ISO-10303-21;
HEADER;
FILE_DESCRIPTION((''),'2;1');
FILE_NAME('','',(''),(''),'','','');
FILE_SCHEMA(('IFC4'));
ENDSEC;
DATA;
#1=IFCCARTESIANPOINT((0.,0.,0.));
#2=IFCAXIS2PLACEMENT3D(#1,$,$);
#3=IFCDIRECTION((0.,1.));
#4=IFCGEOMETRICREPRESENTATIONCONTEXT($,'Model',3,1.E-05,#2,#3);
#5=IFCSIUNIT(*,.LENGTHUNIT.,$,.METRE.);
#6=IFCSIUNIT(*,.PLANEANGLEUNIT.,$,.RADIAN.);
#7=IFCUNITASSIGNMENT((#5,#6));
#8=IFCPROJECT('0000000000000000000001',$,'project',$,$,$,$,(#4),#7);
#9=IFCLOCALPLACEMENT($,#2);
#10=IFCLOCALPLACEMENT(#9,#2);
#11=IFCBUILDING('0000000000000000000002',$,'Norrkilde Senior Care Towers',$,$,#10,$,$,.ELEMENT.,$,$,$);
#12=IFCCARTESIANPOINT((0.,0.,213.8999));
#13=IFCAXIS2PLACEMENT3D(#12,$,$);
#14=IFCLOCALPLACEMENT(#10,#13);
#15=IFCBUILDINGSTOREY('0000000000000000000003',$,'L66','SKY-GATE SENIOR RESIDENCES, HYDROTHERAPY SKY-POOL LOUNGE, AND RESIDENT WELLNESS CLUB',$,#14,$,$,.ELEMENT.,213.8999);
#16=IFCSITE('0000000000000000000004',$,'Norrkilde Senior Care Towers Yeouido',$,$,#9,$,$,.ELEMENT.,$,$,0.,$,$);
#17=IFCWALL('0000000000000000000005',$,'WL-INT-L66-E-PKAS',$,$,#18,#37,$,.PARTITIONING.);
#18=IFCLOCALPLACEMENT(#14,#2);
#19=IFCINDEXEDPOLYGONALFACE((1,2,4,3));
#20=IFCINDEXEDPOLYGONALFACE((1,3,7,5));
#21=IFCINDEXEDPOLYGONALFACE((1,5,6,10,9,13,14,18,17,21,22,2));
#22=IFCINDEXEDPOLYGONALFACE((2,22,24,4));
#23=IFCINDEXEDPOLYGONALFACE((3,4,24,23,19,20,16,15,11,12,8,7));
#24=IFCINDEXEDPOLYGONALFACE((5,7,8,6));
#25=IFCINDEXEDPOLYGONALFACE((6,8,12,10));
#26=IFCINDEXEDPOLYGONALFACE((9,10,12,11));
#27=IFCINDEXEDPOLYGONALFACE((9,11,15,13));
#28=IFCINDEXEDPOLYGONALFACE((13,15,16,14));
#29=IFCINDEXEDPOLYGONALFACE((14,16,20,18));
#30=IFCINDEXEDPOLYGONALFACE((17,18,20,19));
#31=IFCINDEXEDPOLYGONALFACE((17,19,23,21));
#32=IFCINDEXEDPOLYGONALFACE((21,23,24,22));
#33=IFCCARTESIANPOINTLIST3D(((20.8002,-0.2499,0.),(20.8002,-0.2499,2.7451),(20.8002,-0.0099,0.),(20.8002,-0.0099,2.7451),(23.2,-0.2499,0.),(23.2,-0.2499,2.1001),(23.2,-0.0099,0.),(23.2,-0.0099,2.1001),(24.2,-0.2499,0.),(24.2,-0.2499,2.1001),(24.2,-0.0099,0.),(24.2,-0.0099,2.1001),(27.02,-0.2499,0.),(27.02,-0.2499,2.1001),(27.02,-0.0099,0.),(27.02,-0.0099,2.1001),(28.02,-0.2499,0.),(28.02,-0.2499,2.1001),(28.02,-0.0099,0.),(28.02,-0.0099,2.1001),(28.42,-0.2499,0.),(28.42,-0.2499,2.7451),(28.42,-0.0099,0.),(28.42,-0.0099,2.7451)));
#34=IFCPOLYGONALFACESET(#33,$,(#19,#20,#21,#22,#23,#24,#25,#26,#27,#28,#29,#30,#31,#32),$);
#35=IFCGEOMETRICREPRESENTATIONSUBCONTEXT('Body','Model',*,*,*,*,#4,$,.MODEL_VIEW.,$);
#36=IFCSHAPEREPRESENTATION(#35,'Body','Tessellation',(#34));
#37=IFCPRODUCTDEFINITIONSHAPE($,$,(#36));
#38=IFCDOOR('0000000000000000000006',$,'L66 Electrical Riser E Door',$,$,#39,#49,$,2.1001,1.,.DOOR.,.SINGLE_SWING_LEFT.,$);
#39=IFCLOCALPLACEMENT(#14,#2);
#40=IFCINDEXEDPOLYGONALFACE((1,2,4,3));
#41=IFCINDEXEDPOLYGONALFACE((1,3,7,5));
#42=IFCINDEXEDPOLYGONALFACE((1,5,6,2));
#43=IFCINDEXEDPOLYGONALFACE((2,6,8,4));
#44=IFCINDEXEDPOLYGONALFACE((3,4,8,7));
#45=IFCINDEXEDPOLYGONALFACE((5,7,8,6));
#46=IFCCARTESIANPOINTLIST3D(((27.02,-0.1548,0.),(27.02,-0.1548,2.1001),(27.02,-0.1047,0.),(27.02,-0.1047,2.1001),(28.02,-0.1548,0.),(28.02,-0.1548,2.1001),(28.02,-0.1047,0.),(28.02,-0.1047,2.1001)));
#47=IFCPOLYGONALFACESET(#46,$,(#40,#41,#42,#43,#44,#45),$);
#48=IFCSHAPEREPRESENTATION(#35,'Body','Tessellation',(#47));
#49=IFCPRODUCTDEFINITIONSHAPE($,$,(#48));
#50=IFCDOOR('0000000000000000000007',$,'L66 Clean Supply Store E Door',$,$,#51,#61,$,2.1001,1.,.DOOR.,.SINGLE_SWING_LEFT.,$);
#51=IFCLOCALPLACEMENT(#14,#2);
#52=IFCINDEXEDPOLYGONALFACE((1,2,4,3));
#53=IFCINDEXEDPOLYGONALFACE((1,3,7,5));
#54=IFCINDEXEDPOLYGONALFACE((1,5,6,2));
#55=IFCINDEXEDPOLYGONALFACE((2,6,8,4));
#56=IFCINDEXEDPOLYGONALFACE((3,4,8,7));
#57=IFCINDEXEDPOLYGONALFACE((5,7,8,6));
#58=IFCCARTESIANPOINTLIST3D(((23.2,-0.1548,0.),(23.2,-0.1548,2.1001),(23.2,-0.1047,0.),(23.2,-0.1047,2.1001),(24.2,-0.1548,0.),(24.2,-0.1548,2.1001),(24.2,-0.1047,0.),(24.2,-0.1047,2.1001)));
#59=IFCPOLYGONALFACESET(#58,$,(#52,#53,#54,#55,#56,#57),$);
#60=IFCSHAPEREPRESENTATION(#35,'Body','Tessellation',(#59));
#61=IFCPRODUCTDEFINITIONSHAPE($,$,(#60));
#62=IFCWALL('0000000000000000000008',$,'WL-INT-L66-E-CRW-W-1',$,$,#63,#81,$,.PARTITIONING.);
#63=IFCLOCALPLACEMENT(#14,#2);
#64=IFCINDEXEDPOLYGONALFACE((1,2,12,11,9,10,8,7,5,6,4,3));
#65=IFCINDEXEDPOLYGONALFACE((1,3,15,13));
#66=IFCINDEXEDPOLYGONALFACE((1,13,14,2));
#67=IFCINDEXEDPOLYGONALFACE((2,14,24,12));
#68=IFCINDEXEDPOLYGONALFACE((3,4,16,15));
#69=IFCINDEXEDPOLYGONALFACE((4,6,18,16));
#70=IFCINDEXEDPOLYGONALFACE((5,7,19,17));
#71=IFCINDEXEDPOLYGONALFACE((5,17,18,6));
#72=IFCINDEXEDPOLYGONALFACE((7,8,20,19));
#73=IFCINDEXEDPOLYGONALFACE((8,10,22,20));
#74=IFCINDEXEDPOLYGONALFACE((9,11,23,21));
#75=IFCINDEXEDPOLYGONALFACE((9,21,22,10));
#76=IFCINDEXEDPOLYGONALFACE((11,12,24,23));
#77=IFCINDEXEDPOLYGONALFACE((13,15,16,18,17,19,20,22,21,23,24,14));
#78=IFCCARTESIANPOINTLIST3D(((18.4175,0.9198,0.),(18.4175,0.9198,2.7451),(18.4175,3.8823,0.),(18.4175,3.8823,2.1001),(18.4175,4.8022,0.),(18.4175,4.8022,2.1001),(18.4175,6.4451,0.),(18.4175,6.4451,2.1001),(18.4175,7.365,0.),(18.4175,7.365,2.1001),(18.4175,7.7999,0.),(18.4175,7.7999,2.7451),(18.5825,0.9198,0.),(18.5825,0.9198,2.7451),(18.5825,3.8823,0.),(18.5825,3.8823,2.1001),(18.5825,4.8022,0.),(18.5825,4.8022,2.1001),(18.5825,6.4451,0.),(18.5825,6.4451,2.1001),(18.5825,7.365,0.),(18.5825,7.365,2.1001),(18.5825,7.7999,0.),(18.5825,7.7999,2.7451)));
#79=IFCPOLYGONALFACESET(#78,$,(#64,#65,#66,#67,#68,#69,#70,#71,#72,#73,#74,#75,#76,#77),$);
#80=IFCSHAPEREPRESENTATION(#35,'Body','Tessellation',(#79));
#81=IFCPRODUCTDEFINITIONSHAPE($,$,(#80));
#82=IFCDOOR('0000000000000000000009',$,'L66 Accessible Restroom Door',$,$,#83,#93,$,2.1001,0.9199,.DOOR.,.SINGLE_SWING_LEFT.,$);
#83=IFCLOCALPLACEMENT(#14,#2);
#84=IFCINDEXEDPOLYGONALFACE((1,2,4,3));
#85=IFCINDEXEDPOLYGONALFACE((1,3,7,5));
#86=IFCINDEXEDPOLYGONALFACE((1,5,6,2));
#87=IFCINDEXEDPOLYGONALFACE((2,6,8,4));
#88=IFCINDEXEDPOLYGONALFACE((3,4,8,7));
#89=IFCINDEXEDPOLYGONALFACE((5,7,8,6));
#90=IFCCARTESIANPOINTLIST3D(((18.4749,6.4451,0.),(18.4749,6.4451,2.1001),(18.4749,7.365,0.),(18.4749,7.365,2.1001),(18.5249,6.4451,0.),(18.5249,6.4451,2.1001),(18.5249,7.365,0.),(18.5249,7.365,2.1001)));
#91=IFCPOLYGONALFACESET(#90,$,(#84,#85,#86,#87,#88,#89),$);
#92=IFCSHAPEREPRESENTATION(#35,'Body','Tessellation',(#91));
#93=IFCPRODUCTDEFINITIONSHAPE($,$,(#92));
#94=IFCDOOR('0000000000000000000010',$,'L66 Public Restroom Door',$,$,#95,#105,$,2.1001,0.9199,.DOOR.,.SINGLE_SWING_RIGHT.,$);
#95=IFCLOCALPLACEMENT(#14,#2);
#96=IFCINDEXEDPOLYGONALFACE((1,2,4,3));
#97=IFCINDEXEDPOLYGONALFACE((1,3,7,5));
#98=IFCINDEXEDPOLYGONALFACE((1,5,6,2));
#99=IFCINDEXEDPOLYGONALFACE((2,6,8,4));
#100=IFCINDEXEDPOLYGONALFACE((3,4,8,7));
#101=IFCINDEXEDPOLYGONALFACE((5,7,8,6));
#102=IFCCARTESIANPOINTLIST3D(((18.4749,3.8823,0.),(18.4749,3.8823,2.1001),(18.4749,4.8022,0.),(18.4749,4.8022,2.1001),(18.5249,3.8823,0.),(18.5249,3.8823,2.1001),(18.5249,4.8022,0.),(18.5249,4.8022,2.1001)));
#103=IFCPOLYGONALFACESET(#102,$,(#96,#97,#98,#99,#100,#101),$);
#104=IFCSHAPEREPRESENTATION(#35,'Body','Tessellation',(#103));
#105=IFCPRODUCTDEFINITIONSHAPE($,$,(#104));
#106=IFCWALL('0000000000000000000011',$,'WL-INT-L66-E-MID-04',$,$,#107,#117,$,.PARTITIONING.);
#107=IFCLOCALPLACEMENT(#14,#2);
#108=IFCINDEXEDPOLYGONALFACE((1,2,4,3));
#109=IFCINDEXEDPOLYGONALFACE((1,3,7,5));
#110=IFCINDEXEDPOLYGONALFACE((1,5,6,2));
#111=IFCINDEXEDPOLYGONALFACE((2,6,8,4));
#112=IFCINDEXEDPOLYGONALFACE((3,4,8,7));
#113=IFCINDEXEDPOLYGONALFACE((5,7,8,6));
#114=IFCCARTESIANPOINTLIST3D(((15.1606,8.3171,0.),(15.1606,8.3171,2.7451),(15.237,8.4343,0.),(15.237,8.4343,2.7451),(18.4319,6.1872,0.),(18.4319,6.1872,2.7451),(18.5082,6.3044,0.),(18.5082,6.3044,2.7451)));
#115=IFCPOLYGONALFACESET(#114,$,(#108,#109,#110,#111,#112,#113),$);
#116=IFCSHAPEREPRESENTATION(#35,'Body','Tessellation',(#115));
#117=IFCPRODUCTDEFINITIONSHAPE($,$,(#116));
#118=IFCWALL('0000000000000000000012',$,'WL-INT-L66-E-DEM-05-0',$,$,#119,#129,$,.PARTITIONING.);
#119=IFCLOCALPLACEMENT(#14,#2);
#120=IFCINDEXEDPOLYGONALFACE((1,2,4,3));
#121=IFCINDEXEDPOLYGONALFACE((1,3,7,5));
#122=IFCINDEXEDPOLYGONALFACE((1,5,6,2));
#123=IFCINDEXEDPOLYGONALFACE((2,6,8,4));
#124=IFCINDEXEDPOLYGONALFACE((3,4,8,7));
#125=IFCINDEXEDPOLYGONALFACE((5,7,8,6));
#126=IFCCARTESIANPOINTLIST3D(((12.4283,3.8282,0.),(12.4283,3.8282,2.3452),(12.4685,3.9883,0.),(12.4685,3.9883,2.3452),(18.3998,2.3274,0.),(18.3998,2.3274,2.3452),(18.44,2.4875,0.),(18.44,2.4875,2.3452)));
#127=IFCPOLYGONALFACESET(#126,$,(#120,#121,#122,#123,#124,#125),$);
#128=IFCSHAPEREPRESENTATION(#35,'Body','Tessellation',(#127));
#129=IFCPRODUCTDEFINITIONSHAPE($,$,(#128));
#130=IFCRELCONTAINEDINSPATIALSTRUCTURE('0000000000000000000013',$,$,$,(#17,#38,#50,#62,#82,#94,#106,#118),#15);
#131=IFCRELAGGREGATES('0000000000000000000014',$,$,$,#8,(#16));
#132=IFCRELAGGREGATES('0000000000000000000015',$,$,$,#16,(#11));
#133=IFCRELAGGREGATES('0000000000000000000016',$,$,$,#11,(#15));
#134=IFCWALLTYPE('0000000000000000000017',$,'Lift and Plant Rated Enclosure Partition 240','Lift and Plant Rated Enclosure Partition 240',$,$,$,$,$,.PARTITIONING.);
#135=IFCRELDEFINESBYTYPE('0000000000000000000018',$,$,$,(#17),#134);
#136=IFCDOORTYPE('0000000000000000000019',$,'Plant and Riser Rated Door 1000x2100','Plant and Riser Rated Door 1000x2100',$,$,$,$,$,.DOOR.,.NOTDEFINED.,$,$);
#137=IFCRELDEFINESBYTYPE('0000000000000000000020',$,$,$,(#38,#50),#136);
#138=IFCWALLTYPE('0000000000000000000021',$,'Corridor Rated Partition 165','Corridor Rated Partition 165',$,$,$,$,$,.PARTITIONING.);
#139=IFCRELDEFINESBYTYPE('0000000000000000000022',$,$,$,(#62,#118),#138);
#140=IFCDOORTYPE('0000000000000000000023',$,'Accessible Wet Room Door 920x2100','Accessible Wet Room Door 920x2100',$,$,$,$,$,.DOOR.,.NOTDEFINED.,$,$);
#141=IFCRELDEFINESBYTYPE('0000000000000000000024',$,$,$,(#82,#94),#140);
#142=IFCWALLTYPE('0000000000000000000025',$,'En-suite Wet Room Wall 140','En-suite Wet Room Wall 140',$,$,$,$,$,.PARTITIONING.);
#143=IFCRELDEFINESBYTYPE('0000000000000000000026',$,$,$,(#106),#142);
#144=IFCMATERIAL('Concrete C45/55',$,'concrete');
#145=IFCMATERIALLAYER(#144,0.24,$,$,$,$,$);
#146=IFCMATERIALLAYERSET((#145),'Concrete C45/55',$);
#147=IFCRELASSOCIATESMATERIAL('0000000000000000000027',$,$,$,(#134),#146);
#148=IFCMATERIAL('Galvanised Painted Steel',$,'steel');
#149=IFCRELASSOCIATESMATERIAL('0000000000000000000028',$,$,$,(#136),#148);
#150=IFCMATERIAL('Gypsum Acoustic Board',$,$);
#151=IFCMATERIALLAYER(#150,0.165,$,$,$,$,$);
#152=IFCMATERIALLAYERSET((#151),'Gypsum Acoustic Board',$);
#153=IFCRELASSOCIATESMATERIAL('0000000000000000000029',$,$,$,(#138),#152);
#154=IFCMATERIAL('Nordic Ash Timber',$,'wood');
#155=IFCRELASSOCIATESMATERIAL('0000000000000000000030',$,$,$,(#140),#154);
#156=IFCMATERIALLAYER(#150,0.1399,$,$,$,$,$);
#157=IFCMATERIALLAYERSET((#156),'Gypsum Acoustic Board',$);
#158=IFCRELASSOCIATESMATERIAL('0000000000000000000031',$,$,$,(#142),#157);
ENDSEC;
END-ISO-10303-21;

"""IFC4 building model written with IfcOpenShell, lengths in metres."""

from ifc_helpers import new_model, si_unit, direction, frame, frame_2d, origin, place, context, subcontext, project, spatial, rectangle, extrude, source, transform, mapped, material, layer, layer_set, type_object, type_shapes, element, fill, save


model = new_model("IFC4")

# Units and contexts
model_context = context("Model", 3, precision=1e-05, world=origin(), true_north=direction((0.0, 1.0)))
body_context = subcontext(model_context, "Body", "Model", "MODEL_VIEW")
ifc_project = project(units=[si_unit("LENGTHUNIT", "METRE"), si_unit("PLANEANGLEUNIT", "RADIAN")], contexts=[model_context])

# Site, building, storey
site_placement = place(None, origin())
site = spatial("IfcSite", under=ifc_project, at=site_placement, Name="Norrkilde Senior Care Towers Yeouido", CompositionType="ELEMENT", RefElevation=0.0)
building_placement = place(site_placement, origin())
building = spatial("IfcBuilding", under=site, at=building_placement, Name="Norrkilde Senior Care Towers", CompositionType="ELEMENT")
storey_placement = place(building_placement, frame((0.0, 0.0, 213.8999)))
storey = spatial("IfcBuildingStorey", under=building, at=storey_placement, Name="L66", Description="SKY-GATE SENIOR RESIDENCES, HYDROTHERAPY SKY-POOL LOUNGE, AND RESIDENT WELLNESS CLUB", CompositionType="ELEMENT", Elevation=213.8999)

# Shared definitions
ifc_material_1 = material(Name="Concrete C45/55", Category="concrete")

# Walls, openings, doors
ifc_layer_1 = layer(ifc_material_1, 0.24)
ifc_layer_set_1 = layer_set([ifc_layer_1], Name="Concrete C45/55")
wall_type_1 = type_object("IfcWallType", Name="Lift and Plant Rated Enclosure Partition 240", Description="Lift and Plant Rated Enclosure Partition 240", PredefinedType="PARTITIONING", material=ifc_layer_set_1)
shared_shape_1 = source(origin(), body_context, "Body", "SweptSolid", [
    extrude(rectangle(XDim=7.6199, YDim=0.24, at=frame_2d((3.8101, 0.0))), origin(), (0.0, 0.0, 1.0), 2.7451),
])
type_shapes(wall_type_1, [shared_shape_1])
wall_1_placement = place(storey_placement, frame((20.8, -0.1299, 0.0), z_axis=(0.0, 0.0, 1.0), x_axis=(1.0, 0.0, 0.0)))
wall_1 = element("IfcWall", 1, at=wall_1_placement, inside=storey, type_object=wall_type_1, Name="WL-INT-L66-E-PKAS", PredefinedType="PARTITIONING", context=body_context, shape_type="MappedRepresentation", body=[
    mapped(shared_shape_1, transform((0.0, 0.0, 0.0), x_axis=(1.0, 0.0, 0.0), y_axis=(0.0, 1.0, 0.0), z_axis=(0.0, 0.0, 1.0), scale=1.0)),
])
opening_1_placement = place(wall_1_placement, frame((6.22, 0.0, 0.0)))
opening_1 = element("IfcOpeningElement", 2, at=opening_1_placement, cuts=wall_1, PredefinedType="OPENING", context=body_context, shape_type="SweptSolid", body=[
    extrude(rectangle(XDim=1.0, YDim=2.1001, at=frame_2d((0.5, 1.05))), frame((0.0, 0.1299, 0.0), z_axis=(0.0, -1.0, 0.0), x_axis=(1.0, 0.0, 0.0)), (0.0, 0.0, 1.0), 0.26),
])
opening_2_placement = place(wall_1_placement, frame((2.3999, 0.0, 0.0)))
opening_2 = element("IfcOpeningElement", 3, at=opening_2_placement, cuts=wall_1, PredefinedType="OPENING", context=body_context, shape_type="SweptSolid", body=[
    extrude(rectangle(XDim=1.0, YDim=2.1001, at=frame_2d((0.5, 1.05))), frame((0.0, 0.1299, 0.0), z_axis=(0.0, -1.0, 0.0), x_axis=(1.0, 0.0, 0.0)), (0.0, 0.0, 1.0), 0.26),
])
ifc_material_2 = material(Name="Galvanised Painted Steel", Category="steel")
door_type_1 = type_object("IfcDoorType", Name="Plant and Riser Rated Door 1000x2100", Description="Plant and Riser Rated Door 1000x2100", OperationType="NOTDEFINED", PredefinedType="DOOR", material=ifc_material_2)
shared_shape_2 = source(origin(), body_context, "Body", "SweptSolid", [
    extrude(rectangle(XDim=1.0, YDim=2.1001, at=frame_2d((0.5, 1.05))), frame((0.0, 0.0249, 0.0), z_axis=(0.0, -1.0, 0.0), x_axis=(1.0, 0.0, 0.0)), (0.0, 0.0, 1.0), 0.05),
])
type_shapes(door_type_1, [shared_shape_2])
door_1_placement = place(opening_1_placement, frame((1.0, 0.0, 0.0), z_axis=(0.0, 0.0, 1.0), x_axis=(-1.0, 0.0, 0.0)))
door_1 = element("IfcDoor", 4, at=door_1_placement, inside=storey, type_object=door_type_1, Name="L66 Electrical Riser E Door", OperationType="SINGLE_SWING_LEFT", OverallHeight=2.1001, OverallWidth=1.0, PredefinedType="DOOR", context=body_context, shape_type="MappedRepresentation", body=[
    mapped(shared_shape_2, transform((0.0, 0.0, 0.0), x_axis=(1.0, 0.0, 0.0), y_axis=(0.0, 1.0, 0.0), z_axis=(0.0, 0.0, 1.0), scale=1.0)),
])
fill(opening_1, door_1)
door_2_placement = place(opening_2_placement, frame((1.0, 0.0, 0.0), z_axis=(0.0, 0.0, 1.0), x_axis=(-1.0, 0.0, 0.0)))
door_2 = element("IfcDoor", 5, at=door_2_placement, inside=storey, type_object=door_type_1, Name="L66 Clean Supply Store E Door", OperationType="SINGLE_SWING_LEFT", OverallHeight=2.1001, OverallWidth=1.0, PredefinedType="DOOR", context=body_context, shape_type="MappedRepresentation", body=[
    mapped(shared_shape_2, transform((0.0, 0.0, 0.0), x_axis=(1.0, 0.0, 0.0), y_axis=(0.0, 1.0, 0.0), z_axis=(0.0, 0.0, 1.0), scale=1.0)),
])
fill(opening_2, door_2)
ifc_material_3 = material(Name="Gypsum Acoustic Board")
ifc_layer_2 = layer(ifc_material_3, 0.165)
ifc_layer_set_2 = layer_set([ifc_layer_2], Name="Gypsum Acoustic Board")
wall_type_2 = type_object("IfcWallType", Name="Corridor Rated Partition 165", Description="Corridor Rated Partition 165", PredefinedType="PARTITIONING", material=ifc_layer_set_2)
shared_shape_3 = source(origin(), body_context, "Body", "SweptSolid", [
    extrude(rectangle(XDim=6.8801, YDim=0.165, at=frame_2d((3.4399, 0.0))), origin(), (0.0, 0.0, 1.0), 2.7451),
])
wall_2_placement = place(storey_placement, frame((18.5, 0.9199, 0.0), z_axis=(0.0, 0.0, 1.0), x_axis=(0.0, 1.0, 0.0)))
wall_2 = element("IfcWall", 6, at=wall_2_placement, inside=storey, type_object=wall_type_2, Name="WL-INT-L66-E-CRW-W-1", PredefinedType="PARTITIONING", context=body_context, shape_type="MappedRepresentation", body=[
    mapped(shared_shape_3, transform((0.0, 0.0, 0.0), x_axis=(1.0, 0.0, 0.0), y_axis=(0.0, 1.0, 0.0), z_axis=(0.0, 0.0, 1.0), scale=1.0)),
])
opening_3_placement = place(wall_2_placement, frame((5.5251, 0.0, 0.0)))
opening_3 = element("IfcOpeningElement", 7, at=opening_3_placement, cuts=wall_2, PredefinedType="OPENING", context=body_context, shape_type="SweptSolid", body=[
    extrude(rectangle(XDim=0.9199, YDim=2.1001, at=frame_2d((0.46, 1.05))), frame((0.0, 0.0925, 0.0), z_axis=(0.0, -1.0, 0.0), x_axis=(1.0, 0.0, 0.0)), (0.0, 0.0, 1.0), 0.1851),
])
opening_4_placement = place(wall_2_placement, frame((2.9624, 0.0, 0.0)))
opening_4 = element("IfcOpeningElement", 8, at=opening_4_placement, cuts=wall_2, PredefinedType="OPENING", context=body_context, shape_type="SweptSolid", body=[
    extrude(rectangle(XDim=0.9199, YDim=2.1001, at=frame_2d((0.46, 1.05))), frame((0.0, 0.0925, 0.0), z_axis=(0.0, -1.0, 0.0), x_axis=(1.0, 0.0, 0.0)), (0.0, 0.0, 1.0), 0.1851),
])
ifc_material_4 = material(Name="Nordic Ash Timber", Category="wood")
door_type_2 = type_object("IfcDoorType", Name="Accessible Wet Room Door 920x2100", Description="Accessible Wet Room Door 920x2100", OperationType="NOTDEFINED", PredefinedType="DOOR", material=ifc_material_4)
shared_shape_4 = source(origin(), body_context, "Body", "SweptSolid", [
    extrude(rectangle(XDim=0.9199, YDim=2.1001, at=frame_2d((0.46, 1.05))), frame((0.0, 0.0249, 0.0), z_axis=(0.0, -1.0, 0.0), x_axis=(1.0, 0.0, 0.0)), (0.0, 0.0, 1.0), 0.05),
])
type_shapes(door_type_2, [shared_shape_4])
door_3_placement = place(opening_3_placement, frame((0.9199, 0.0, 0.0), z_axis=(0.0, 0.0, 1.0), x_axis=(-1.0, 0.0, 0.0)))
door_3 = element("IfcDoor", 9, at=door_3_placement, inside=storey, type_object=door_type_2, Name="L66 Accessible Restroom Door", OperationType="SINGLE_SWING_LEFT", OverallHeight=2.1001, OverallWidth=0.9199, PredefinedType="DOOR", context=body_context, shape_type="MappedRepresentation", body=[
    mapped(shared_shape_4, transform((0.0, 0.0, 0.0), x_axis=(1.0, 0.0, 0.0), y_axis=(0.0, 1.0, 0.0), z_axis=(0.0, 0.0, 1.0), scale=1.0)),
])
fill(opening_3, door_3)
door_4_placement = place(opening_4_placement, frame((0.9199, 0.0, 0.0), z_axis=(0.0, 0.0, 1.0), x_axis=(-1.0, 0.0, 0.0)))
door_4 = element("IfcDoor", 10, at=door_4_placement, inside=storey, type_object=door_type_2, Name="L66 Public Restroom Door", OperationType="SINGLE_SWING_RIGHT", OverallHeight=2.1001, OverallWidth=0.9199, PredefinedType="DOOR", context=body_context, shape_type="MappedRepresentation", body=[
    mapped(shared_shape_4, transform((0.0, 0.0, 0.0), x_axis=(1.0, 0.0, 0.0), y_axis=(0.0, 1.0, 0.0), z_axis=(0.0, 0.0, 1.0), scale=1.0)),
])
fill(opening_4, door_4)

# Walls
ifc_layer_3 = layer(ifc_material_3, 0.1399)
ifc_layer_set_3 = layer_set([ifc_layer_3], Name="Gypsum Acoustic Board")
wall_type_3 = type_object("IfcWallType", Name="En-suite Wet Room Wall 140", Description="En-suite Wet Room Wall 140", PredefinedType="PARTITIONING", material=ifc_layer_set_3)
shared_shape_5 = source(origin(), body_context, "Body", "SweptSolid", [
    extrude(rectangle(XDim=3.9036, YDim=0.1399, at=frame_2d((1.9517, 0.0))), origin(), (0.0, 0.0, 1.0), 2.7451),
])
type_shapes(wall_type_3, [shared_shape_5])
wall_3_placement = place(storey_placement, frame((18.47, 6.2458, 0.0), z_axis=(0.0, 0.0, 1.0), x_axis=(-0.838025, 0.545632, 0.0)))
element("IfcWall", 11, at=wall_3_placement, inside=storey, type_object=wall_type_3, Name="WL-INT-L66-E-MID-04", PredefinedType="PARTITIONING", context=body_context, shape_type="MappedRepresentation", body=[
    mapped(shared_shape_5, transform((0.0, 0.0, 0.0), x_axis=(1.0, 0.0, 0.0), y_axis=(0.0, 1.0, 0.0), z_axis=(0.0, 0.0, 1.0), scale=1.0)),
])
shared_shape_6 = source(origin(), body_context, "Body", "SweptSolid", [
    extrude(rectangle(XDim=6.1572, YDim=0.165, at=frame_2d((3.0786, 0.0))), origin(), (0.0, 0.0, 1.0), 2.3452),
])
type_shapes(wall_type_2, [shared_shape_3, shared_shape_6])
wall_4_placement = place(storey_placement, frame((18.4199, 2.4075, 0.0), z_axis=(0.0, 0.0, 1.0), x_axis=(-0.969841, 0.243739, 0.0)))
element("IfcWall", 12, at=wall_4_placement, inside=storey, type_object=wall_type_2, Name="WL-INT-L66-E-DEM-05-0", PredefinedType="PARTITIONING", context=body_context, shape_type="MappedRepresentation", body=[
    mapped(shared_shape_6, transform((0.0, 0.0, 0.0), x_axis=(1.0, 0.0, 0.0), y_axis=(0.0, 1.0, 0.0), z_axis=(0.0, 0.0, 1.0), scale=1.0)),
])

save(model, "model.ifc")
